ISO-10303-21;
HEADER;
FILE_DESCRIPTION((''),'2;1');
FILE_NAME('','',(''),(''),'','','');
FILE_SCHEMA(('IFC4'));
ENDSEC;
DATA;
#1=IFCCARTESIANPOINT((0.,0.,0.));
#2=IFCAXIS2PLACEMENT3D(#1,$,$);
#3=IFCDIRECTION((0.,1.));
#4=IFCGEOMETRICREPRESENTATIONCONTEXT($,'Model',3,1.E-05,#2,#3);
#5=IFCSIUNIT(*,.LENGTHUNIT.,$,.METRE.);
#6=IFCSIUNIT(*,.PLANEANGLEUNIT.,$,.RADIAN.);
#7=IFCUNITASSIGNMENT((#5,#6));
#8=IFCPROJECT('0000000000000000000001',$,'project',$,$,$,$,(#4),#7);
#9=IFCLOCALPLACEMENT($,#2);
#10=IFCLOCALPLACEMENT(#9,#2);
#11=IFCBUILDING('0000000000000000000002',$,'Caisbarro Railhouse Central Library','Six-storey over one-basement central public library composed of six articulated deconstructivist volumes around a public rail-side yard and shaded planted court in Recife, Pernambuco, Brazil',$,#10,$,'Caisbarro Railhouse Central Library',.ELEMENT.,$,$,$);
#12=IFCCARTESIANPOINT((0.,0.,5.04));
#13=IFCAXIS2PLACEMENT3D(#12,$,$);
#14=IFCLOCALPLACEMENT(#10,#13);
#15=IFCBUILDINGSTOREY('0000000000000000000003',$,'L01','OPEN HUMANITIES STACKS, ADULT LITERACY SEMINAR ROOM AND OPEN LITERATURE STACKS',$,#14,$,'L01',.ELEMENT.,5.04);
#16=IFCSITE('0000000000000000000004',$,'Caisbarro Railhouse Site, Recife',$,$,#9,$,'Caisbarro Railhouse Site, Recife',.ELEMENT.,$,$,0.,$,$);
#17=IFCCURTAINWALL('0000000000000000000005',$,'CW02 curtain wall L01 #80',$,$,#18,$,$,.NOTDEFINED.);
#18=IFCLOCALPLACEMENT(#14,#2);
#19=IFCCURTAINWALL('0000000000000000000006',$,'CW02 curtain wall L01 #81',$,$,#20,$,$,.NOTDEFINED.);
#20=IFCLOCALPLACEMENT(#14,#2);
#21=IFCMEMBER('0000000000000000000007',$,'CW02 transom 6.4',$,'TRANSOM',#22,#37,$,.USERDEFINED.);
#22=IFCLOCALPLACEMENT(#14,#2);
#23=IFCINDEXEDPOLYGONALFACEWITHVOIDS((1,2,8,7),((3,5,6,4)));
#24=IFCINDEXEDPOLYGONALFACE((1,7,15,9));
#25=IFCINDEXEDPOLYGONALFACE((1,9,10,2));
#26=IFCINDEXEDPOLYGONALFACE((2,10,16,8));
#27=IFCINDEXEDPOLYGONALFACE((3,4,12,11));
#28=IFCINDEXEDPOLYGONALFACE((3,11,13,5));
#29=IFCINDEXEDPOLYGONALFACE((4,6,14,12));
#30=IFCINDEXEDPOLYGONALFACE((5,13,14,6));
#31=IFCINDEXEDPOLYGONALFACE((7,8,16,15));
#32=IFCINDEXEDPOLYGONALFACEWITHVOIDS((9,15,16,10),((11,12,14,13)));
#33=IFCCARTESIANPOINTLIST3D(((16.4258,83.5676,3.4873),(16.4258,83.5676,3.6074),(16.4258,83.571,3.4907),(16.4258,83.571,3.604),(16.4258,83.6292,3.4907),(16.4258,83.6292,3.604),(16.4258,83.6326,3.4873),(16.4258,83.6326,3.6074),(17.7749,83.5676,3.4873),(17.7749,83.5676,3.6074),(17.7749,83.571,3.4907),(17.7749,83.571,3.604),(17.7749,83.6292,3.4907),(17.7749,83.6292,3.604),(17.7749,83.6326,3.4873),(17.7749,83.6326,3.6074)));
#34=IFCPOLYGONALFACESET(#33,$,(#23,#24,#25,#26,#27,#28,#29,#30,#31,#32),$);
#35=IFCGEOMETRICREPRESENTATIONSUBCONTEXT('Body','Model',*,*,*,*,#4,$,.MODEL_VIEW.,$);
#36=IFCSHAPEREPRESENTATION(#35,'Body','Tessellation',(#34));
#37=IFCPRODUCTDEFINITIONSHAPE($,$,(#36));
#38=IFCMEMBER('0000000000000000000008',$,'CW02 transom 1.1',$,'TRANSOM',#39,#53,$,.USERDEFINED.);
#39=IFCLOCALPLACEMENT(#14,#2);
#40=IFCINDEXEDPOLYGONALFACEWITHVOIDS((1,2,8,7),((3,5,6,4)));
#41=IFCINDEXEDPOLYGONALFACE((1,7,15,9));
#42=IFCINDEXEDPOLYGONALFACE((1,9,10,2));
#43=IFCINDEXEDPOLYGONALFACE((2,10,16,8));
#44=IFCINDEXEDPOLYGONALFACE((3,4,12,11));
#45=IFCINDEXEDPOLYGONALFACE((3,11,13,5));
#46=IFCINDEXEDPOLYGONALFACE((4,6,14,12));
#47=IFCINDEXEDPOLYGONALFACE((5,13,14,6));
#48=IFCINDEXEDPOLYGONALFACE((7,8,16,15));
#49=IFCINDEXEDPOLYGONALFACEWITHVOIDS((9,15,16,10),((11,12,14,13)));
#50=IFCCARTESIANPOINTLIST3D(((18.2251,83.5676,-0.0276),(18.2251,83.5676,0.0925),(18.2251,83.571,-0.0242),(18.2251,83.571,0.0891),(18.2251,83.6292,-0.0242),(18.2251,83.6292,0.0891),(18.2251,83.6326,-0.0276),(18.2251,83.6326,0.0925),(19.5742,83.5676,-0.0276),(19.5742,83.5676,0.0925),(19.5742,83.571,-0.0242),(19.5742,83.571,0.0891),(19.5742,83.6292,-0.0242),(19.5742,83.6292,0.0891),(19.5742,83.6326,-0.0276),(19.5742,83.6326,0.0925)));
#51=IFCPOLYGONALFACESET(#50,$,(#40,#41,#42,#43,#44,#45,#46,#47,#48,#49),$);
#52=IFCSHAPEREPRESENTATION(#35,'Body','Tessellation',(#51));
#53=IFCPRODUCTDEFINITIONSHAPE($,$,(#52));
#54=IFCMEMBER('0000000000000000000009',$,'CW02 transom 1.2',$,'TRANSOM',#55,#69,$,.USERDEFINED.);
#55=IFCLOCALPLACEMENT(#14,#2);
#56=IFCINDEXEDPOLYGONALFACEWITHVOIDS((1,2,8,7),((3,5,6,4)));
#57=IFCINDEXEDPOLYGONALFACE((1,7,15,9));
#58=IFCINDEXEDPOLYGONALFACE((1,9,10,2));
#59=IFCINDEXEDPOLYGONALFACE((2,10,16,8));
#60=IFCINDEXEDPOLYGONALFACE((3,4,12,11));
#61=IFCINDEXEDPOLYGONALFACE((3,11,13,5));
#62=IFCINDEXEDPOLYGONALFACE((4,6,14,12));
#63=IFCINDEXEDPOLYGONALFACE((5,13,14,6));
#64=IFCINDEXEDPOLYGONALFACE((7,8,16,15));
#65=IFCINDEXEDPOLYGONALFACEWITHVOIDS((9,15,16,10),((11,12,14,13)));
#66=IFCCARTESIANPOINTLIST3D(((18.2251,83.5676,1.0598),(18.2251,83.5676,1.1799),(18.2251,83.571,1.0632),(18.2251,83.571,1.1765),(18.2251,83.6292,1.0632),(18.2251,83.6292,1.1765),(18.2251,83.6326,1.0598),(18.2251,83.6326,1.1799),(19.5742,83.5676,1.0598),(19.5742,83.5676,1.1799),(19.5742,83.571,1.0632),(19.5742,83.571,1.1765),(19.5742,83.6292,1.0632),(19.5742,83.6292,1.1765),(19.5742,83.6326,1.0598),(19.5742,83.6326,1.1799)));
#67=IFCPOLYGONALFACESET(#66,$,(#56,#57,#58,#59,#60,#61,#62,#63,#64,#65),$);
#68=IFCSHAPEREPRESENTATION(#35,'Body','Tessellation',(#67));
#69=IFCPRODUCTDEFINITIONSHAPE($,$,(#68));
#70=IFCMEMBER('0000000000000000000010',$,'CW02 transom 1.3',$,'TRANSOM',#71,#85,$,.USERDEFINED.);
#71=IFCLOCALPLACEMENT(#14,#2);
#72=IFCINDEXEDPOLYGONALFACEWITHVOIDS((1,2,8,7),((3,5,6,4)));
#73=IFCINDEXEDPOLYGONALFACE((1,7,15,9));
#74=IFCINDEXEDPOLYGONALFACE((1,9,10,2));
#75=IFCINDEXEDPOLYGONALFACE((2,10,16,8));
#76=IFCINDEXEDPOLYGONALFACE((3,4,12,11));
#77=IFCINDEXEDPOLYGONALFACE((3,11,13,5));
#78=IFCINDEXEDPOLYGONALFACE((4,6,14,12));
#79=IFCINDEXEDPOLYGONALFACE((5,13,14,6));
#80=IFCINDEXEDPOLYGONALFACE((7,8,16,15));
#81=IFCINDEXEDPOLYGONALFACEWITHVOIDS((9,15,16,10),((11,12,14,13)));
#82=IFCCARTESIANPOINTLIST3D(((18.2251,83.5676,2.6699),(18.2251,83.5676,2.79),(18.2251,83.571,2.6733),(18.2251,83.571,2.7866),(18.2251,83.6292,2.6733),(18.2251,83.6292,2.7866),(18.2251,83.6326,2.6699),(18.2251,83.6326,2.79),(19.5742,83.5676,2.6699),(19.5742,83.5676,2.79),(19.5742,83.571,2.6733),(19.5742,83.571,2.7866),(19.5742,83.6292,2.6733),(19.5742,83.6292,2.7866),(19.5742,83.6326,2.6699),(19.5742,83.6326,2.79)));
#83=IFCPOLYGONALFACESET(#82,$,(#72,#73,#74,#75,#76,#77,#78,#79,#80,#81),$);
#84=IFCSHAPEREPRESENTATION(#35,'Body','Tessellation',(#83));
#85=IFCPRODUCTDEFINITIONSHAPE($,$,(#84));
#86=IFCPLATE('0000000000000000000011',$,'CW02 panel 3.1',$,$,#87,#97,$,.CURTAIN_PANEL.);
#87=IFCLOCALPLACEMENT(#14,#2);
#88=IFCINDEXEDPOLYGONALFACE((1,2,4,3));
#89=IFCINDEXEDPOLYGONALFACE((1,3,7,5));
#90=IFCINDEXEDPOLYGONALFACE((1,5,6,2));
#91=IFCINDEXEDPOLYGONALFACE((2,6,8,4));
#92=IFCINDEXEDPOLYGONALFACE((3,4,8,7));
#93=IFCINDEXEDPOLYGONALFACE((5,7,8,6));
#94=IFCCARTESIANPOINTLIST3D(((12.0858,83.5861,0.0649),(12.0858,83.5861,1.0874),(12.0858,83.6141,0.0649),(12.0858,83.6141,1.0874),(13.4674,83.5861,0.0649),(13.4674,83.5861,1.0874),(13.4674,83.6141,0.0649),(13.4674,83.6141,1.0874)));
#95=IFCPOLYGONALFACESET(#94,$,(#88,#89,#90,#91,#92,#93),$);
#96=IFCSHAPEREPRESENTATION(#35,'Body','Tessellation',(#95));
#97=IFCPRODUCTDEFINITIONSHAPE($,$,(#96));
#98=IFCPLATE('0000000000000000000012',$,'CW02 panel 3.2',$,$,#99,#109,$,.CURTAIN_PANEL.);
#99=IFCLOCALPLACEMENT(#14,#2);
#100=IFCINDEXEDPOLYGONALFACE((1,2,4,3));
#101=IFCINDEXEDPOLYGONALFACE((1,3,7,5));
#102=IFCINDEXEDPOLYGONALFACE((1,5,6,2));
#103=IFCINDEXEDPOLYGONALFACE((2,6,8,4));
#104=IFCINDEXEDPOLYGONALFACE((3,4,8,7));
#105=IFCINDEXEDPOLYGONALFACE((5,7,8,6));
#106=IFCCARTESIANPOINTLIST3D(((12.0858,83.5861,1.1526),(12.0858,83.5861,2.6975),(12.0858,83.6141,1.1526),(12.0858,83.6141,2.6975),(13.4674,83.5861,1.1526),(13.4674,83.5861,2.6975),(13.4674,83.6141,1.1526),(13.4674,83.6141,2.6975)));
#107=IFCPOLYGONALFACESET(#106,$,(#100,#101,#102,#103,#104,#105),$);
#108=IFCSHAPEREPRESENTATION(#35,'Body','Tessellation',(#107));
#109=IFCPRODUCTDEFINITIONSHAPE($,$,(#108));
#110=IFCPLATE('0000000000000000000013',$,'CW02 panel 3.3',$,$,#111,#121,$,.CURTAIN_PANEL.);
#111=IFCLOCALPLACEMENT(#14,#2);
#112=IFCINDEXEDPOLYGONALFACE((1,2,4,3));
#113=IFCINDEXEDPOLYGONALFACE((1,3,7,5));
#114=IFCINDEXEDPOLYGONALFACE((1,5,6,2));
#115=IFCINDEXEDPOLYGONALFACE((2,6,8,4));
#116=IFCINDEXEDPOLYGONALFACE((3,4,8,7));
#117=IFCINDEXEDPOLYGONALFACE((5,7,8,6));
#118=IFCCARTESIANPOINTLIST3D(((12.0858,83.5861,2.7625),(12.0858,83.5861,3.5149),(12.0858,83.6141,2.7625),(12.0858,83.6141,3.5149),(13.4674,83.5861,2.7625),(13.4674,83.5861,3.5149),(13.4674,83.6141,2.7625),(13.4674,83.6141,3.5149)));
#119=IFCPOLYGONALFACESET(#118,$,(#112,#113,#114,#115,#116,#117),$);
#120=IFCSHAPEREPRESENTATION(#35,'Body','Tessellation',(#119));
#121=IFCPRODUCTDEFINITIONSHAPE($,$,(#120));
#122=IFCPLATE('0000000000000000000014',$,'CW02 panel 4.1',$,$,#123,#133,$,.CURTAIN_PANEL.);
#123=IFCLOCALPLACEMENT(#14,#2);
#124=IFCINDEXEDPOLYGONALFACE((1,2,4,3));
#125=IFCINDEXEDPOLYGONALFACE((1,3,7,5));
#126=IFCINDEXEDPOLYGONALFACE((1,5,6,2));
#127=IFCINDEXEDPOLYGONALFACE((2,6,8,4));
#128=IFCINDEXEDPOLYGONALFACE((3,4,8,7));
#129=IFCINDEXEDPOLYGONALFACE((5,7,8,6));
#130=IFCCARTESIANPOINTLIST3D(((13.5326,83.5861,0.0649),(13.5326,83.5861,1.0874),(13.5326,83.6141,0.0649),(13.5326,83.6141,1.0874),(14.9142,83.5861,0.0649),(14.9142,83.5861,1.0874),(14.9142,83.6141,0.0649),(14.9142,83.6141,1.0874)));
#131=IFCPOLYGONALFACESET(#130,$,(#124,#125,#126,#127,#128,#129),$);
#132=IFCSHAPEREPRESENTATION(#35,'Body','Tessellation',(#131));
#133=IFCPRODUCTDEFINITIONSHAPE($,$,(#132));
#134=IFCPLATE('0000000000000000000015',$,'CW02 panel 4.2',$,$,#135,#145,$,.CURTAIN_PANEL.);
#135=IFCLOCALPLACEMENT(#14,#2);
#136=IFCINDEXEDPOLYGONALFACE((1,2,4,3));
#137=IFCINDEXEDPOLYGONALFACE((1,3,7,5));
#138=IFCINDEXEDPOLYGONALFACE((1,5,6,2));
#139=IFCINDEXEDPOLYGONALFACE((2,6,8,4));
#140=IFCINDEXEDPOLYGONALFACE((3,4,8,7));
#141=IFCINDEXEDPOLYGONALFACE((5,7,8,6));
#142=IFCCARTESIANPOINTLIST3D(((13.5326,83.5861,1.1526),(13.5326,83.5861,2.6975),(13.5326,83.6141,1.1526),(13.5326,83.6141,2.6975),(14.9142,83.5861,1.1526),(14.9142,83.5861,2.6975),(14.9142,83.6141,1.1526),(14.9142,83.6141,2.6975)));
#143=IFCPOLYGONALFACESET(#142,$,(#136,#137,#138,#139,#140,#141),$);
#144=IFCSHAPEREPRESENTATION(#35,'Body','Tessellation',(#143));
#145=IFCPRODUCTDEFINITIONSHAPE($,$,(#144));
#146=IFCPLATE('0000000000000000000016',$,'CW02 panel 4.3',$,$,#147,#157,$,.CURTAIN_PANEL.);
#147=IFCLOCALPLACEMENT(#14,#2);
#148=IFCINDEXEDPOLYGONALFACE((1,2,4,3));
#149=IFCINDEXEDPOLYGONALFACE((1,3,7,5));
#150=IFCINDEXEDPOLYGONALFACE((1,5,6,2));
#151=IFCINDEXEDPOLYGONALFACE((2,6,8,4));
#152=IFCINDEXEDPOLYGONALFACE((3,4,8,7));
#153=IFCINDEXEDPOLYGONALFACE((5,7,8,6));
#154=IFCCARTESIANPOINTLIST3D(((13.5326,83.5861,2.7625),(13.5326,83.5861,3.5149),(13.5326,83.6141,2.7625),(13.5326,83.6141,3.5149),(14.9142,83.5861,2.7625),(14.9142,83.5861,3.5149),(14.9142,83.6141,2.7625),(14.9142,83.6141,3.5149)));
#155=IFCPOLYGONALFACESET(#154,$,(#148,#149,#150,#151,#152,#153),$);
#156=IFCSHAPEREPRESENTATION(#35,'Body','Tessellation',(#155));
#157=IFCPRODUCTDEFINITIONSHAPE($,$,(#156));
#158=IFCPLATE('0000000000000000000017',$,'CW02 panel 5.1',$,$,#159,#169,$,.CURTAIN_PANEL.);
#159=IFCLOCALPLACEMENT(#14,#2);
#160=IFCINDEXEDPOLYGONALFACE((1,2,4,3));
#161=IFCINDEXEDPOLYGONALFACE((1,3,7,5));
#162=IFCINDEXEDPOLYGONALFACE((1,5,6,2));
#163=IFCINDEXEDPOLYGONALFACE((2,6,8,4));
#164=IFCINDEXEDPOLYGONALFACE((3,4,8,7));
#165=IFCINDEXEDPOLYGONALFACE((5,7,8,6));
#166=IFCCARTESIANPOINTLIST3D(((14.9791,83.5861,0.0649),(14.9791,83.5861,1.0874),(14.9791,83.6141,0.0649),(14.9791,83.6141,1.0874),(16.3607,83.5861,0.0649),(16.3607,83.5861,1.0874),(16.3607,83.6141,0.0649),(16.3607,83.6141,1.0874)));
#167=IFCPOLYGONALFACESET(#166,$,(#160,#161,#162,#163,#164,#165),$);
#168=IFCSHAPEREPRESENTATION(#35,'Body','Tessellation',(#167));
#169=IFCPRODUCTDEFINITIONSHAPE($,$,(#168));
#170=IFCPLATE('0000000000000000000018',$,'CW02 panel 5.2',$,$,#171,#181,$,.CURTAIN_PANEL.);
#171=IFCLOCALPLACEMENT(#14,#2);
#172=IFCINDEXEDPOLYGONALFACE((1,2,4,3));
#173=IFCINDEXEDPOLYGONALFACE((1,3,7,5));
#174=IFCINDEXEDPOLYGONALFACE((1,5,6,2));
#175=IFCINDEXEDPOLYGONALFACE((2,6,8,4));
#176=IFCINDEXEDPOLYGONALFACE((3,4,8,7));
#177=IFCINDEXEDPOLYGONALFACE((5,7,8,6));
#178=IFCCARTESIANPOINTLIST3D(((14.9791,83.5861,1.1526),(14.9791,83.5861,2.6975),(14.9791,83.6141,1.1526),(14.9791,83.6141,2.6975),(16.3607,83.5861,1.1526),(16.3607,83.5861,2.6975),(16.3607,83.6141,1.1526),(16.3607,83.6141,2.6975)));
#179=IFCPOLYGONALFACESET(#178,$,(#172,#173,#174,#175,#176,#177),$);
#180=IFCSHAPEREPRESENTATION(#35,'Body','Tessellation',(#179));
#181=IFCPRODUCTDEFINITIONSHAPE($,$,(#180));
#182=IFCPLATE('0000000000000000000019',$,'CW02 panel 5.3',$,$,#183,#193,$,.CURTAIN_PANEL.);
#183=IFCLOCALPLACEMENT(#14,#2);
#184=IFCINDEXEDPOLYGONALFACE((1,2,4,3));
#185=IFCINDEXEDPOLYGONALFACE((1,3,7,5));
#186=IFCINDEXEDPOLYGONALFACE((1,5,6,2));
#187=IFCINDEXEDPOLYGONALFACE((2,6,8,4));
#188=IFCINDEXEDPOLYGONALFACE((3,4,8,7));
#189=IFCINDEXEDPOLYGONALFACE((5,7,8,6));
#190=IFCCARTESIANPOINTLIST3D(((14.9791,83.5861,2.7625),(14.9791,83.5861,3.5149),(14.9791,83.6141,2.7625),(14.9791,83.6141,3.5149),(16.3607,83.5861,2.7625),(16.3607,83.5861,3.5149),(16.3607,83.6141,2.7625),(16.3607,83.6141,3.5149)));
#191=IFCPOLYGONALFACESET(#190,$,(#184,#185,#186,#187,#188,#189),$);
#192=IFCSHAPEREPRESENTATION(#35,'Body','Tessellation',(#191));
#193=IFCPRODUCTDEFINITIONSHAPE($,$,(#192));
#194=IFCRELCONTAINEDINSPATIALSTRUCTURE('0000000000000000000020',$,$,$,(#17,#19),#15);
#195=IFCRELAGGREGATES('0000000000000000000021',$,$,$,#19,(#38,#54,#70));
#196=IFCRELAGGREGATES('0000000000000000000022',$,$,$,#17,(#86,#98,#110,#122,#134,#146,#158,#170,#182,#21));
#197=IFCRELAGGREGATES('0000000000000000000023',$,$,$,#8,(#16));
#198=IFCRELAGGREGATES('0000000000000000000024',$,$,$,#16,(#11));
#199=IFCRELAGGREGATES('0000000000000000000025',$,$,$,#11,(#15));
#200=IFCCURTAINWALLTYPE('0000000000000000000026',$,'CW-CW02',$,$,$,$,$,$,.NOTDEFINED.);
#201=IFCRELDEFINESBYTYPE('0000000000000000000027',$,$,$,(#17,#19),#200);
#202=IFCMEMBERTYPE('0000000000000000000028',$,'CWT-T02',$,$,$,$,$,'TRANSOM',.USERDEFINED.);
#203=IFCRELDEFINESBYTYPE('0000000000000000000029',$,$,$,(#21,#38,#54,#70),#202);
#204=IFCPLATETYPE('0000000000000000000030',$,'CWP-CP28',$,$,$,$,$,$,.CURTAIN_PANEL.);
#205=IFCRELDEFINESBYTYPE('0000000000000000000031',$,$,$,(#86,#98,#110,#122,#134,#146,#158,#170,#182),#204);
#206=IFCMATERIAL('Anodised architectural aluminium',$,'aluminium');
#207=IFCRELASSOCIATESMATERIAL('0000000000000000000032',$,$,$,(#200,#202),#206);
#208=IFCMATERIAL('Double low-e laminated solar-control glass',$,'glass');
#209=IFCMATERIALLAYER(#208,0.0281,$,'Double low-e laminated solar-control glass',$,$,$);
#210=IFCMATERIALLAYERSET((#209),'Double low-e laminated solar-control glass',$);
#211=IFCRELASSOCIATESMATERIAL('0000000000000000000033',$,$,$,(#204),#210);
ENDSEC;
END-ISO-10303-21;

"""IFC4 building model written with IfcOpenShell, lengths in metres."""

from ifc_helpers import new_model, si_unit, direction, frame, origin, origin_2d, place, context, subcontext, project, spatial, rectangle, hollow_rectangle, extrude, material, layer, layer_set, material_profile, profile_set, type_object, element, aggregate, save


model = new_model("IFC4")

# Units and contexts
model_context = context("Model", 3, precision=1e-05, world=origin(), true_north=direction((0.0, 1.0)))
body_context = subcontext(model_context, "Body", "Model", "MODEL_VIEW")
ifc_project = project(units=[si_unit("LENGTHUNIT", "METRE"), si_unit("PLANEANGLEUNIT", "RADIAN")], contexts=[model_context])

# Site, building, storey
site_placement = place(None, origin())
site = spatial("IfcSite", under=ifc_project, at=site_placement, Name="Caisbarro Railhouse Site, Recife", LongName="Caisbarro Railhouse Site, Recife", CompositionType="ELEMENT", RefElevation=0.0)
building_placement = place(site_placement, origin())
building = spatial("IfcBuilding", under=site, at=building_placement, Name="Caisbarro Railhouse Central Library", Description="Six-storey over one-basement central public library composed of six articulated deconstructivist volumes around a public rail-side yard and shaded planted court in Recife, Pernambuco, Brazil", LongName="Caisbarro Railhouse Central Library", CompositionType="ELEMENT")
storey_placement = place(building_placement, frame((0.0, 0.0, 5.04)))
storey = spatial("IfcBuildingStorey", under=building, at=storey_placement, Name="L01", Description="OPEN HUMANITIES STACKS, ADULT LITERACY SEMINAR ROOM AND OPEN LITERATURE STACKS", LongName="L01", CompositionType="ELEMENT", Elevation=5.04)

# Curtain wall
ifc_material_1 = material(Name="Anodised architectural aluminium", Category="aluminium")
curtain_wall_type = type_object("IfcCurtainWallType", Name="CW-CW02", PredefinedType="NOTDEFINED", material=ifc_material_1)
curtain_wall_1_placement = place(storey_placement, origin())
curtain_wall_1 = element("IfcCurtainWall", 1, at=curtain_wall_1_placement, inside=storey, type_object=curtain_wall_type, Name="CW02 curtain wall L01 #80", PredefinedType="NOTDEFINED")

# Curtain wall
curtain_wall_2_placement = place(storey_placement, origin())
curtain_wall_2 = element("IfcCurtainWall", 2, at=curtain_wall_2_placement, inside=storey, type_object=curtain_wall_type, Name="CW02 curtain wall L01 #81", PredefinedType="NOTDEFINED")

# Members
ifc_material_profile_1 = material_profile(ifc_material_1, hollow_rectangle(XDim=0.0649, YDim=0.1201, WallThickness=0.0034, at=origin_2d()), Name="ALU-TRN-65X120")
ifc_profile_set_1 = profile_set([ifc_material_profile_1], Name="Anodised architectural aluminium")
member_type_1 = type_object("IfcMemberType", Name="CWT-T02", ElementType="TRANSOM", PredefinedType="USERDEFINED", material=ifc_profile_set_1)
member_1_placement = place(storey_placement, frame((16.4258, 83.6001, 3.5474), z_axis=(1.0, 0.0, 0.0), x_axis=(0.0, 1.0, 0.0)))
member_1 = element("IfcMember", 3, at=member_1_placement, type_object=member_type_1, Name="CW02 transom 6.4", ObjectType="TRANSOM", PredefinedType="USERDEFINED", context=body_context, shape_type="SweptSolid", body=[
    extrude(hollow_rectangle(XDim=0.0649, YDim=0.1201, WallThickness=0.0034, at=origin_2d()), origin(), (0.0, 0.0, 1.0), 1.3491),
])
member_2_placement = place(storey_placement, frame((18.2251, 83.6001, 0.0325), z_axis=(1.0, 0.0, 0.0), x_axis=(0.0, 1.0, 0.0)))
member_2 = element("IfcMember", 4, at=member_2_placement, type_object=member_type_1, Name="CW02 transom 1.1", ObjectType="TRANSOM", PredefinedType="USERDEFINED", context=body_context, shape_type="SweptSolid", body=[
    extrude(hollow_rectangle(XDim=0.0649, YDim=0.1201, WallThickness=0.0034, at=origin_2d()), origin(), (0.0, 0.0, 1.0), 1.3491),
])
member_3_placement = place(storey_placement, frame((18.2251, 83.6001, 1.1199), z_axis=(1.0, 0.0, 0.0), x_axis=(0.0, 1.0, 0.0)))
member_3 = element("IfcMember", 5, at=member_3_placement, type_object=member_type_1, Name="CW02 transom 1.2", ObjectType="TRANSOM", PredefinedType="USERDEFINED", context=body_context, shape_type="SweptSolid", body=[
    extrude(hollow_rectangle(XDim=0.0649, YDim=0.1201, WallThickness=0.0034, at=origin_2d()), origin(), (0.0, 0.0, 1.0), 1.3491),
])
member_4_placement = place(storey_placement, frame((18.2251, 83.6001, 2.73), z_axis=(1.0, 0.0, 0.0), x_axis=(0.0, 1.0, 0.0)))
member_4 = element("IfcMember", 6, at=member_4_placement, type_object=member_type_1, Name="CW02 transom 1.3", ObjectType="TRANSOM", PredefinedType="USERDEFINED", context=body_context, shape_type="SweptSolid", body=[
    extrude(hollow_rectangle(XDim=0.0649, YDim=0.1201, WallThickness=0.0034, at=origin_2d()), origin(), (0.0, 0.0, 1.0), 1.3491),
])
aggregate(curtain_wall_2, [member_2, member_3, member_4])

# Plates
ifc_material_2 = material(Name="Double low-e laminated solar-control glass", Category="glass")
ifc_layer = layer(ifc_material_2, 0.0281, Name="Double low-e laminated solar-control glass")
ifc_layer_set = layer_set([ifc_layer], Name="Double low-e laminated solar-control glass")
plate_type = type_object("IfcPlateType", Name="CWP-CP28", PredefinedType="CURTAIN_PANEL", material=ifc_layer_set)
plate_1_placement = place(storey_placement, frame((12.7766, 83.6001, 0.0649), z_axis=(0.0, 0.0, 1.0), x_axis=(1.0, 0.0, 0.0)))
plate_1 = element("IfcPlate", 7, at=plate_1_placement, type_object=plate_type, Name="CW02 panel 3.1", PredefinedType="CURTAIN_PANEL", context=body_context, shape_type="SweptSolid", body=[
    extrude(rectangle(XDim=1.3816, YDim=0.0281, at=origin_2d()), origin(), (0.0, 0.0, 1.0), 1.0225),
])
plate_2_placement = place(storey_placement, frame((12.7766, 83.6001, 1.1526), z_axis=(0.0, 0.0, 1.0), x_axis=(1.0, 0.0, 0.0)))
plate_2 = element("IfcPlate", 8, at=plate_2_placement, type_object=plate_type, Name="CW02 panel 3.2", PredefinedType="CURTAIN_PANEL", context=body_context, shape_type="SweptSolid", body=[
    extrude(rectangle(XDim=1.3816, YDim=0.0281, at=origin_2d()), origin(), (0.0, 0.0, 1.0), 1.5449),
])
plate_3_placement = place(storey_placement, frame((12.7766, 83.6001, 2.7625), z_axis=(0.0, 0.0, 1.0), x_axis=(1.0, 0.0, 0.0)))
plate_3 = element("IfcPlate", 9, at=plate_3_placement, type_object=plate_type, Name="CW02 panel 3.3", PredefinedType="CURTAIN_PANEL", context=body_context, shape_type="SweptSolid", body=[
    extrude(rectangle(XDim=1.3816, YDim=0.0281, at=origin_2d()), origin(), (0.0, 0.0, 1.0), 0.7524),
])
plate_4_placement = place(storey_placement, frame((14.2234, 83.6001, 0.0649), z_axis=(0.0, 0.0, 1.0), x_axis=(1.0, 0.0, 0.0)))
plate_4 = element("IfcPlate", 10, at=plate_4_placement, type_object=plate_type, Name="CW02 panel 4.1", PredefinedType="CURTAIN_PANEL", context=body_context, shape_type="SweptSolid", body=[
    extrude(rectangle(XDim=1.3816, YDim=0.0281, at=origin_2d()), origin(), (0.0, 0.0, 1.0), 1.0225),
])
plate_5_placement = place(storey_placement, frame((14.2234, 83.6001, 1.1526), z_axis=(0.0, 0.0, 1.0), x_axis=(1.0, 0.0, 0.0)))
plate_5 = element("IfcPlate", 11, at=plate_5_placement, type_object=plate_type, Name="CW02 panel 4.2", PredefinedType="CURTAIN_PANEL", context=body_context, shape_type="SweptSolid", body=[
    extrude(rectangle(XDim=1.3816, YDim=0.0281, at=origin_2d()), origin(), (0.0, 0.0, 1.0), 1.5449),
])
plate_6_placement = place(storey_placement, frame((14.2234, 83.6001, 2.7625), z_axis=(0.0, 0.0, 1.0), x_axis=(1.0, 0.0, 0.0)))
plate_6 = element("IfcPlate", 12, at=plate_6_placement, type_object=plate_type, Name="CW02 panel 4.3", PredefinedType="CURTAIN_PANEL", context=body_context, shape_type="SweptSolid", body=[
    extrude(rectangle(XDim=1.3816, YDim=0.0281, at=origin_2d()), origin(), (0.0, 0.0, 1.0), 0.7524),
])
plate_7_placement = place(storey_placement, frame((15.6699, 83.6001, 0.0649), z_axis=(0.0, 0.0, 1.0), x_axis=(1.0, 0.0, 0.0)))
plate_7 = element("IfcPlate", 13, at=plate_7_placement, type_object=plate_type, Name="CW02 panel 5.1", PredefinedType="CURTAIN_PANEL", context=body_context, shape_type="SweptSolid", body=[
    extrude(rectangle(XDim=1.3816, YDim=0.0281, at=origin_2d()), origin(), (0.0, 0.0, 1.0), 1.0225),
])
plate_8_placement = place(storey_placement, frame((15.6699, 83.6001, 1.1526), z_axis=(0.0, 0.0, 1.0), x_axis=(1.0, 0.0, 0.0)))
plate_8 = element("IfcPlate", 14, at=plate_8_placement, type_object=plate_type, Name="CW02 panel 5.2", PredefinedType="CURTAIN_PANEL", context=body_context, shape_type="SweptSolid", body=[
    extrude(rectangle(XDim=1.3816, YDim=0.0281, at=origin_2d()), origin(), (0.0, 0.0, 1.0), 1.5449),
])
plate_9_placement = place(storey_placement, frame((15.6699, 83.6001, 2.7625), z_axis=(0.0, 0.0, 1.0), x_axis=(1.0, 0.0, 0.0)))
plate_9 = element("IfcPlate", 15, at=plate_9_placement, type_object=plate_type, Name="CW02 panel 5.3", PredefinedType="CURTAIN_PANEL", context=body_context, shape_type="SweptSolid", body=[
    extrude(rectangle(XDim=1.3816, YDim=0.0281, at=origin_2d()), origin(), (0.0, 0.0, 1.0), 0.7524),
])
aggregate(curtain_wall_1, [plate_1, plate_2, plate_3, plate_4, plate_5, plate_6, plate_7, plate_8, plate_9, member_1])

save(model, "model.ifc")
